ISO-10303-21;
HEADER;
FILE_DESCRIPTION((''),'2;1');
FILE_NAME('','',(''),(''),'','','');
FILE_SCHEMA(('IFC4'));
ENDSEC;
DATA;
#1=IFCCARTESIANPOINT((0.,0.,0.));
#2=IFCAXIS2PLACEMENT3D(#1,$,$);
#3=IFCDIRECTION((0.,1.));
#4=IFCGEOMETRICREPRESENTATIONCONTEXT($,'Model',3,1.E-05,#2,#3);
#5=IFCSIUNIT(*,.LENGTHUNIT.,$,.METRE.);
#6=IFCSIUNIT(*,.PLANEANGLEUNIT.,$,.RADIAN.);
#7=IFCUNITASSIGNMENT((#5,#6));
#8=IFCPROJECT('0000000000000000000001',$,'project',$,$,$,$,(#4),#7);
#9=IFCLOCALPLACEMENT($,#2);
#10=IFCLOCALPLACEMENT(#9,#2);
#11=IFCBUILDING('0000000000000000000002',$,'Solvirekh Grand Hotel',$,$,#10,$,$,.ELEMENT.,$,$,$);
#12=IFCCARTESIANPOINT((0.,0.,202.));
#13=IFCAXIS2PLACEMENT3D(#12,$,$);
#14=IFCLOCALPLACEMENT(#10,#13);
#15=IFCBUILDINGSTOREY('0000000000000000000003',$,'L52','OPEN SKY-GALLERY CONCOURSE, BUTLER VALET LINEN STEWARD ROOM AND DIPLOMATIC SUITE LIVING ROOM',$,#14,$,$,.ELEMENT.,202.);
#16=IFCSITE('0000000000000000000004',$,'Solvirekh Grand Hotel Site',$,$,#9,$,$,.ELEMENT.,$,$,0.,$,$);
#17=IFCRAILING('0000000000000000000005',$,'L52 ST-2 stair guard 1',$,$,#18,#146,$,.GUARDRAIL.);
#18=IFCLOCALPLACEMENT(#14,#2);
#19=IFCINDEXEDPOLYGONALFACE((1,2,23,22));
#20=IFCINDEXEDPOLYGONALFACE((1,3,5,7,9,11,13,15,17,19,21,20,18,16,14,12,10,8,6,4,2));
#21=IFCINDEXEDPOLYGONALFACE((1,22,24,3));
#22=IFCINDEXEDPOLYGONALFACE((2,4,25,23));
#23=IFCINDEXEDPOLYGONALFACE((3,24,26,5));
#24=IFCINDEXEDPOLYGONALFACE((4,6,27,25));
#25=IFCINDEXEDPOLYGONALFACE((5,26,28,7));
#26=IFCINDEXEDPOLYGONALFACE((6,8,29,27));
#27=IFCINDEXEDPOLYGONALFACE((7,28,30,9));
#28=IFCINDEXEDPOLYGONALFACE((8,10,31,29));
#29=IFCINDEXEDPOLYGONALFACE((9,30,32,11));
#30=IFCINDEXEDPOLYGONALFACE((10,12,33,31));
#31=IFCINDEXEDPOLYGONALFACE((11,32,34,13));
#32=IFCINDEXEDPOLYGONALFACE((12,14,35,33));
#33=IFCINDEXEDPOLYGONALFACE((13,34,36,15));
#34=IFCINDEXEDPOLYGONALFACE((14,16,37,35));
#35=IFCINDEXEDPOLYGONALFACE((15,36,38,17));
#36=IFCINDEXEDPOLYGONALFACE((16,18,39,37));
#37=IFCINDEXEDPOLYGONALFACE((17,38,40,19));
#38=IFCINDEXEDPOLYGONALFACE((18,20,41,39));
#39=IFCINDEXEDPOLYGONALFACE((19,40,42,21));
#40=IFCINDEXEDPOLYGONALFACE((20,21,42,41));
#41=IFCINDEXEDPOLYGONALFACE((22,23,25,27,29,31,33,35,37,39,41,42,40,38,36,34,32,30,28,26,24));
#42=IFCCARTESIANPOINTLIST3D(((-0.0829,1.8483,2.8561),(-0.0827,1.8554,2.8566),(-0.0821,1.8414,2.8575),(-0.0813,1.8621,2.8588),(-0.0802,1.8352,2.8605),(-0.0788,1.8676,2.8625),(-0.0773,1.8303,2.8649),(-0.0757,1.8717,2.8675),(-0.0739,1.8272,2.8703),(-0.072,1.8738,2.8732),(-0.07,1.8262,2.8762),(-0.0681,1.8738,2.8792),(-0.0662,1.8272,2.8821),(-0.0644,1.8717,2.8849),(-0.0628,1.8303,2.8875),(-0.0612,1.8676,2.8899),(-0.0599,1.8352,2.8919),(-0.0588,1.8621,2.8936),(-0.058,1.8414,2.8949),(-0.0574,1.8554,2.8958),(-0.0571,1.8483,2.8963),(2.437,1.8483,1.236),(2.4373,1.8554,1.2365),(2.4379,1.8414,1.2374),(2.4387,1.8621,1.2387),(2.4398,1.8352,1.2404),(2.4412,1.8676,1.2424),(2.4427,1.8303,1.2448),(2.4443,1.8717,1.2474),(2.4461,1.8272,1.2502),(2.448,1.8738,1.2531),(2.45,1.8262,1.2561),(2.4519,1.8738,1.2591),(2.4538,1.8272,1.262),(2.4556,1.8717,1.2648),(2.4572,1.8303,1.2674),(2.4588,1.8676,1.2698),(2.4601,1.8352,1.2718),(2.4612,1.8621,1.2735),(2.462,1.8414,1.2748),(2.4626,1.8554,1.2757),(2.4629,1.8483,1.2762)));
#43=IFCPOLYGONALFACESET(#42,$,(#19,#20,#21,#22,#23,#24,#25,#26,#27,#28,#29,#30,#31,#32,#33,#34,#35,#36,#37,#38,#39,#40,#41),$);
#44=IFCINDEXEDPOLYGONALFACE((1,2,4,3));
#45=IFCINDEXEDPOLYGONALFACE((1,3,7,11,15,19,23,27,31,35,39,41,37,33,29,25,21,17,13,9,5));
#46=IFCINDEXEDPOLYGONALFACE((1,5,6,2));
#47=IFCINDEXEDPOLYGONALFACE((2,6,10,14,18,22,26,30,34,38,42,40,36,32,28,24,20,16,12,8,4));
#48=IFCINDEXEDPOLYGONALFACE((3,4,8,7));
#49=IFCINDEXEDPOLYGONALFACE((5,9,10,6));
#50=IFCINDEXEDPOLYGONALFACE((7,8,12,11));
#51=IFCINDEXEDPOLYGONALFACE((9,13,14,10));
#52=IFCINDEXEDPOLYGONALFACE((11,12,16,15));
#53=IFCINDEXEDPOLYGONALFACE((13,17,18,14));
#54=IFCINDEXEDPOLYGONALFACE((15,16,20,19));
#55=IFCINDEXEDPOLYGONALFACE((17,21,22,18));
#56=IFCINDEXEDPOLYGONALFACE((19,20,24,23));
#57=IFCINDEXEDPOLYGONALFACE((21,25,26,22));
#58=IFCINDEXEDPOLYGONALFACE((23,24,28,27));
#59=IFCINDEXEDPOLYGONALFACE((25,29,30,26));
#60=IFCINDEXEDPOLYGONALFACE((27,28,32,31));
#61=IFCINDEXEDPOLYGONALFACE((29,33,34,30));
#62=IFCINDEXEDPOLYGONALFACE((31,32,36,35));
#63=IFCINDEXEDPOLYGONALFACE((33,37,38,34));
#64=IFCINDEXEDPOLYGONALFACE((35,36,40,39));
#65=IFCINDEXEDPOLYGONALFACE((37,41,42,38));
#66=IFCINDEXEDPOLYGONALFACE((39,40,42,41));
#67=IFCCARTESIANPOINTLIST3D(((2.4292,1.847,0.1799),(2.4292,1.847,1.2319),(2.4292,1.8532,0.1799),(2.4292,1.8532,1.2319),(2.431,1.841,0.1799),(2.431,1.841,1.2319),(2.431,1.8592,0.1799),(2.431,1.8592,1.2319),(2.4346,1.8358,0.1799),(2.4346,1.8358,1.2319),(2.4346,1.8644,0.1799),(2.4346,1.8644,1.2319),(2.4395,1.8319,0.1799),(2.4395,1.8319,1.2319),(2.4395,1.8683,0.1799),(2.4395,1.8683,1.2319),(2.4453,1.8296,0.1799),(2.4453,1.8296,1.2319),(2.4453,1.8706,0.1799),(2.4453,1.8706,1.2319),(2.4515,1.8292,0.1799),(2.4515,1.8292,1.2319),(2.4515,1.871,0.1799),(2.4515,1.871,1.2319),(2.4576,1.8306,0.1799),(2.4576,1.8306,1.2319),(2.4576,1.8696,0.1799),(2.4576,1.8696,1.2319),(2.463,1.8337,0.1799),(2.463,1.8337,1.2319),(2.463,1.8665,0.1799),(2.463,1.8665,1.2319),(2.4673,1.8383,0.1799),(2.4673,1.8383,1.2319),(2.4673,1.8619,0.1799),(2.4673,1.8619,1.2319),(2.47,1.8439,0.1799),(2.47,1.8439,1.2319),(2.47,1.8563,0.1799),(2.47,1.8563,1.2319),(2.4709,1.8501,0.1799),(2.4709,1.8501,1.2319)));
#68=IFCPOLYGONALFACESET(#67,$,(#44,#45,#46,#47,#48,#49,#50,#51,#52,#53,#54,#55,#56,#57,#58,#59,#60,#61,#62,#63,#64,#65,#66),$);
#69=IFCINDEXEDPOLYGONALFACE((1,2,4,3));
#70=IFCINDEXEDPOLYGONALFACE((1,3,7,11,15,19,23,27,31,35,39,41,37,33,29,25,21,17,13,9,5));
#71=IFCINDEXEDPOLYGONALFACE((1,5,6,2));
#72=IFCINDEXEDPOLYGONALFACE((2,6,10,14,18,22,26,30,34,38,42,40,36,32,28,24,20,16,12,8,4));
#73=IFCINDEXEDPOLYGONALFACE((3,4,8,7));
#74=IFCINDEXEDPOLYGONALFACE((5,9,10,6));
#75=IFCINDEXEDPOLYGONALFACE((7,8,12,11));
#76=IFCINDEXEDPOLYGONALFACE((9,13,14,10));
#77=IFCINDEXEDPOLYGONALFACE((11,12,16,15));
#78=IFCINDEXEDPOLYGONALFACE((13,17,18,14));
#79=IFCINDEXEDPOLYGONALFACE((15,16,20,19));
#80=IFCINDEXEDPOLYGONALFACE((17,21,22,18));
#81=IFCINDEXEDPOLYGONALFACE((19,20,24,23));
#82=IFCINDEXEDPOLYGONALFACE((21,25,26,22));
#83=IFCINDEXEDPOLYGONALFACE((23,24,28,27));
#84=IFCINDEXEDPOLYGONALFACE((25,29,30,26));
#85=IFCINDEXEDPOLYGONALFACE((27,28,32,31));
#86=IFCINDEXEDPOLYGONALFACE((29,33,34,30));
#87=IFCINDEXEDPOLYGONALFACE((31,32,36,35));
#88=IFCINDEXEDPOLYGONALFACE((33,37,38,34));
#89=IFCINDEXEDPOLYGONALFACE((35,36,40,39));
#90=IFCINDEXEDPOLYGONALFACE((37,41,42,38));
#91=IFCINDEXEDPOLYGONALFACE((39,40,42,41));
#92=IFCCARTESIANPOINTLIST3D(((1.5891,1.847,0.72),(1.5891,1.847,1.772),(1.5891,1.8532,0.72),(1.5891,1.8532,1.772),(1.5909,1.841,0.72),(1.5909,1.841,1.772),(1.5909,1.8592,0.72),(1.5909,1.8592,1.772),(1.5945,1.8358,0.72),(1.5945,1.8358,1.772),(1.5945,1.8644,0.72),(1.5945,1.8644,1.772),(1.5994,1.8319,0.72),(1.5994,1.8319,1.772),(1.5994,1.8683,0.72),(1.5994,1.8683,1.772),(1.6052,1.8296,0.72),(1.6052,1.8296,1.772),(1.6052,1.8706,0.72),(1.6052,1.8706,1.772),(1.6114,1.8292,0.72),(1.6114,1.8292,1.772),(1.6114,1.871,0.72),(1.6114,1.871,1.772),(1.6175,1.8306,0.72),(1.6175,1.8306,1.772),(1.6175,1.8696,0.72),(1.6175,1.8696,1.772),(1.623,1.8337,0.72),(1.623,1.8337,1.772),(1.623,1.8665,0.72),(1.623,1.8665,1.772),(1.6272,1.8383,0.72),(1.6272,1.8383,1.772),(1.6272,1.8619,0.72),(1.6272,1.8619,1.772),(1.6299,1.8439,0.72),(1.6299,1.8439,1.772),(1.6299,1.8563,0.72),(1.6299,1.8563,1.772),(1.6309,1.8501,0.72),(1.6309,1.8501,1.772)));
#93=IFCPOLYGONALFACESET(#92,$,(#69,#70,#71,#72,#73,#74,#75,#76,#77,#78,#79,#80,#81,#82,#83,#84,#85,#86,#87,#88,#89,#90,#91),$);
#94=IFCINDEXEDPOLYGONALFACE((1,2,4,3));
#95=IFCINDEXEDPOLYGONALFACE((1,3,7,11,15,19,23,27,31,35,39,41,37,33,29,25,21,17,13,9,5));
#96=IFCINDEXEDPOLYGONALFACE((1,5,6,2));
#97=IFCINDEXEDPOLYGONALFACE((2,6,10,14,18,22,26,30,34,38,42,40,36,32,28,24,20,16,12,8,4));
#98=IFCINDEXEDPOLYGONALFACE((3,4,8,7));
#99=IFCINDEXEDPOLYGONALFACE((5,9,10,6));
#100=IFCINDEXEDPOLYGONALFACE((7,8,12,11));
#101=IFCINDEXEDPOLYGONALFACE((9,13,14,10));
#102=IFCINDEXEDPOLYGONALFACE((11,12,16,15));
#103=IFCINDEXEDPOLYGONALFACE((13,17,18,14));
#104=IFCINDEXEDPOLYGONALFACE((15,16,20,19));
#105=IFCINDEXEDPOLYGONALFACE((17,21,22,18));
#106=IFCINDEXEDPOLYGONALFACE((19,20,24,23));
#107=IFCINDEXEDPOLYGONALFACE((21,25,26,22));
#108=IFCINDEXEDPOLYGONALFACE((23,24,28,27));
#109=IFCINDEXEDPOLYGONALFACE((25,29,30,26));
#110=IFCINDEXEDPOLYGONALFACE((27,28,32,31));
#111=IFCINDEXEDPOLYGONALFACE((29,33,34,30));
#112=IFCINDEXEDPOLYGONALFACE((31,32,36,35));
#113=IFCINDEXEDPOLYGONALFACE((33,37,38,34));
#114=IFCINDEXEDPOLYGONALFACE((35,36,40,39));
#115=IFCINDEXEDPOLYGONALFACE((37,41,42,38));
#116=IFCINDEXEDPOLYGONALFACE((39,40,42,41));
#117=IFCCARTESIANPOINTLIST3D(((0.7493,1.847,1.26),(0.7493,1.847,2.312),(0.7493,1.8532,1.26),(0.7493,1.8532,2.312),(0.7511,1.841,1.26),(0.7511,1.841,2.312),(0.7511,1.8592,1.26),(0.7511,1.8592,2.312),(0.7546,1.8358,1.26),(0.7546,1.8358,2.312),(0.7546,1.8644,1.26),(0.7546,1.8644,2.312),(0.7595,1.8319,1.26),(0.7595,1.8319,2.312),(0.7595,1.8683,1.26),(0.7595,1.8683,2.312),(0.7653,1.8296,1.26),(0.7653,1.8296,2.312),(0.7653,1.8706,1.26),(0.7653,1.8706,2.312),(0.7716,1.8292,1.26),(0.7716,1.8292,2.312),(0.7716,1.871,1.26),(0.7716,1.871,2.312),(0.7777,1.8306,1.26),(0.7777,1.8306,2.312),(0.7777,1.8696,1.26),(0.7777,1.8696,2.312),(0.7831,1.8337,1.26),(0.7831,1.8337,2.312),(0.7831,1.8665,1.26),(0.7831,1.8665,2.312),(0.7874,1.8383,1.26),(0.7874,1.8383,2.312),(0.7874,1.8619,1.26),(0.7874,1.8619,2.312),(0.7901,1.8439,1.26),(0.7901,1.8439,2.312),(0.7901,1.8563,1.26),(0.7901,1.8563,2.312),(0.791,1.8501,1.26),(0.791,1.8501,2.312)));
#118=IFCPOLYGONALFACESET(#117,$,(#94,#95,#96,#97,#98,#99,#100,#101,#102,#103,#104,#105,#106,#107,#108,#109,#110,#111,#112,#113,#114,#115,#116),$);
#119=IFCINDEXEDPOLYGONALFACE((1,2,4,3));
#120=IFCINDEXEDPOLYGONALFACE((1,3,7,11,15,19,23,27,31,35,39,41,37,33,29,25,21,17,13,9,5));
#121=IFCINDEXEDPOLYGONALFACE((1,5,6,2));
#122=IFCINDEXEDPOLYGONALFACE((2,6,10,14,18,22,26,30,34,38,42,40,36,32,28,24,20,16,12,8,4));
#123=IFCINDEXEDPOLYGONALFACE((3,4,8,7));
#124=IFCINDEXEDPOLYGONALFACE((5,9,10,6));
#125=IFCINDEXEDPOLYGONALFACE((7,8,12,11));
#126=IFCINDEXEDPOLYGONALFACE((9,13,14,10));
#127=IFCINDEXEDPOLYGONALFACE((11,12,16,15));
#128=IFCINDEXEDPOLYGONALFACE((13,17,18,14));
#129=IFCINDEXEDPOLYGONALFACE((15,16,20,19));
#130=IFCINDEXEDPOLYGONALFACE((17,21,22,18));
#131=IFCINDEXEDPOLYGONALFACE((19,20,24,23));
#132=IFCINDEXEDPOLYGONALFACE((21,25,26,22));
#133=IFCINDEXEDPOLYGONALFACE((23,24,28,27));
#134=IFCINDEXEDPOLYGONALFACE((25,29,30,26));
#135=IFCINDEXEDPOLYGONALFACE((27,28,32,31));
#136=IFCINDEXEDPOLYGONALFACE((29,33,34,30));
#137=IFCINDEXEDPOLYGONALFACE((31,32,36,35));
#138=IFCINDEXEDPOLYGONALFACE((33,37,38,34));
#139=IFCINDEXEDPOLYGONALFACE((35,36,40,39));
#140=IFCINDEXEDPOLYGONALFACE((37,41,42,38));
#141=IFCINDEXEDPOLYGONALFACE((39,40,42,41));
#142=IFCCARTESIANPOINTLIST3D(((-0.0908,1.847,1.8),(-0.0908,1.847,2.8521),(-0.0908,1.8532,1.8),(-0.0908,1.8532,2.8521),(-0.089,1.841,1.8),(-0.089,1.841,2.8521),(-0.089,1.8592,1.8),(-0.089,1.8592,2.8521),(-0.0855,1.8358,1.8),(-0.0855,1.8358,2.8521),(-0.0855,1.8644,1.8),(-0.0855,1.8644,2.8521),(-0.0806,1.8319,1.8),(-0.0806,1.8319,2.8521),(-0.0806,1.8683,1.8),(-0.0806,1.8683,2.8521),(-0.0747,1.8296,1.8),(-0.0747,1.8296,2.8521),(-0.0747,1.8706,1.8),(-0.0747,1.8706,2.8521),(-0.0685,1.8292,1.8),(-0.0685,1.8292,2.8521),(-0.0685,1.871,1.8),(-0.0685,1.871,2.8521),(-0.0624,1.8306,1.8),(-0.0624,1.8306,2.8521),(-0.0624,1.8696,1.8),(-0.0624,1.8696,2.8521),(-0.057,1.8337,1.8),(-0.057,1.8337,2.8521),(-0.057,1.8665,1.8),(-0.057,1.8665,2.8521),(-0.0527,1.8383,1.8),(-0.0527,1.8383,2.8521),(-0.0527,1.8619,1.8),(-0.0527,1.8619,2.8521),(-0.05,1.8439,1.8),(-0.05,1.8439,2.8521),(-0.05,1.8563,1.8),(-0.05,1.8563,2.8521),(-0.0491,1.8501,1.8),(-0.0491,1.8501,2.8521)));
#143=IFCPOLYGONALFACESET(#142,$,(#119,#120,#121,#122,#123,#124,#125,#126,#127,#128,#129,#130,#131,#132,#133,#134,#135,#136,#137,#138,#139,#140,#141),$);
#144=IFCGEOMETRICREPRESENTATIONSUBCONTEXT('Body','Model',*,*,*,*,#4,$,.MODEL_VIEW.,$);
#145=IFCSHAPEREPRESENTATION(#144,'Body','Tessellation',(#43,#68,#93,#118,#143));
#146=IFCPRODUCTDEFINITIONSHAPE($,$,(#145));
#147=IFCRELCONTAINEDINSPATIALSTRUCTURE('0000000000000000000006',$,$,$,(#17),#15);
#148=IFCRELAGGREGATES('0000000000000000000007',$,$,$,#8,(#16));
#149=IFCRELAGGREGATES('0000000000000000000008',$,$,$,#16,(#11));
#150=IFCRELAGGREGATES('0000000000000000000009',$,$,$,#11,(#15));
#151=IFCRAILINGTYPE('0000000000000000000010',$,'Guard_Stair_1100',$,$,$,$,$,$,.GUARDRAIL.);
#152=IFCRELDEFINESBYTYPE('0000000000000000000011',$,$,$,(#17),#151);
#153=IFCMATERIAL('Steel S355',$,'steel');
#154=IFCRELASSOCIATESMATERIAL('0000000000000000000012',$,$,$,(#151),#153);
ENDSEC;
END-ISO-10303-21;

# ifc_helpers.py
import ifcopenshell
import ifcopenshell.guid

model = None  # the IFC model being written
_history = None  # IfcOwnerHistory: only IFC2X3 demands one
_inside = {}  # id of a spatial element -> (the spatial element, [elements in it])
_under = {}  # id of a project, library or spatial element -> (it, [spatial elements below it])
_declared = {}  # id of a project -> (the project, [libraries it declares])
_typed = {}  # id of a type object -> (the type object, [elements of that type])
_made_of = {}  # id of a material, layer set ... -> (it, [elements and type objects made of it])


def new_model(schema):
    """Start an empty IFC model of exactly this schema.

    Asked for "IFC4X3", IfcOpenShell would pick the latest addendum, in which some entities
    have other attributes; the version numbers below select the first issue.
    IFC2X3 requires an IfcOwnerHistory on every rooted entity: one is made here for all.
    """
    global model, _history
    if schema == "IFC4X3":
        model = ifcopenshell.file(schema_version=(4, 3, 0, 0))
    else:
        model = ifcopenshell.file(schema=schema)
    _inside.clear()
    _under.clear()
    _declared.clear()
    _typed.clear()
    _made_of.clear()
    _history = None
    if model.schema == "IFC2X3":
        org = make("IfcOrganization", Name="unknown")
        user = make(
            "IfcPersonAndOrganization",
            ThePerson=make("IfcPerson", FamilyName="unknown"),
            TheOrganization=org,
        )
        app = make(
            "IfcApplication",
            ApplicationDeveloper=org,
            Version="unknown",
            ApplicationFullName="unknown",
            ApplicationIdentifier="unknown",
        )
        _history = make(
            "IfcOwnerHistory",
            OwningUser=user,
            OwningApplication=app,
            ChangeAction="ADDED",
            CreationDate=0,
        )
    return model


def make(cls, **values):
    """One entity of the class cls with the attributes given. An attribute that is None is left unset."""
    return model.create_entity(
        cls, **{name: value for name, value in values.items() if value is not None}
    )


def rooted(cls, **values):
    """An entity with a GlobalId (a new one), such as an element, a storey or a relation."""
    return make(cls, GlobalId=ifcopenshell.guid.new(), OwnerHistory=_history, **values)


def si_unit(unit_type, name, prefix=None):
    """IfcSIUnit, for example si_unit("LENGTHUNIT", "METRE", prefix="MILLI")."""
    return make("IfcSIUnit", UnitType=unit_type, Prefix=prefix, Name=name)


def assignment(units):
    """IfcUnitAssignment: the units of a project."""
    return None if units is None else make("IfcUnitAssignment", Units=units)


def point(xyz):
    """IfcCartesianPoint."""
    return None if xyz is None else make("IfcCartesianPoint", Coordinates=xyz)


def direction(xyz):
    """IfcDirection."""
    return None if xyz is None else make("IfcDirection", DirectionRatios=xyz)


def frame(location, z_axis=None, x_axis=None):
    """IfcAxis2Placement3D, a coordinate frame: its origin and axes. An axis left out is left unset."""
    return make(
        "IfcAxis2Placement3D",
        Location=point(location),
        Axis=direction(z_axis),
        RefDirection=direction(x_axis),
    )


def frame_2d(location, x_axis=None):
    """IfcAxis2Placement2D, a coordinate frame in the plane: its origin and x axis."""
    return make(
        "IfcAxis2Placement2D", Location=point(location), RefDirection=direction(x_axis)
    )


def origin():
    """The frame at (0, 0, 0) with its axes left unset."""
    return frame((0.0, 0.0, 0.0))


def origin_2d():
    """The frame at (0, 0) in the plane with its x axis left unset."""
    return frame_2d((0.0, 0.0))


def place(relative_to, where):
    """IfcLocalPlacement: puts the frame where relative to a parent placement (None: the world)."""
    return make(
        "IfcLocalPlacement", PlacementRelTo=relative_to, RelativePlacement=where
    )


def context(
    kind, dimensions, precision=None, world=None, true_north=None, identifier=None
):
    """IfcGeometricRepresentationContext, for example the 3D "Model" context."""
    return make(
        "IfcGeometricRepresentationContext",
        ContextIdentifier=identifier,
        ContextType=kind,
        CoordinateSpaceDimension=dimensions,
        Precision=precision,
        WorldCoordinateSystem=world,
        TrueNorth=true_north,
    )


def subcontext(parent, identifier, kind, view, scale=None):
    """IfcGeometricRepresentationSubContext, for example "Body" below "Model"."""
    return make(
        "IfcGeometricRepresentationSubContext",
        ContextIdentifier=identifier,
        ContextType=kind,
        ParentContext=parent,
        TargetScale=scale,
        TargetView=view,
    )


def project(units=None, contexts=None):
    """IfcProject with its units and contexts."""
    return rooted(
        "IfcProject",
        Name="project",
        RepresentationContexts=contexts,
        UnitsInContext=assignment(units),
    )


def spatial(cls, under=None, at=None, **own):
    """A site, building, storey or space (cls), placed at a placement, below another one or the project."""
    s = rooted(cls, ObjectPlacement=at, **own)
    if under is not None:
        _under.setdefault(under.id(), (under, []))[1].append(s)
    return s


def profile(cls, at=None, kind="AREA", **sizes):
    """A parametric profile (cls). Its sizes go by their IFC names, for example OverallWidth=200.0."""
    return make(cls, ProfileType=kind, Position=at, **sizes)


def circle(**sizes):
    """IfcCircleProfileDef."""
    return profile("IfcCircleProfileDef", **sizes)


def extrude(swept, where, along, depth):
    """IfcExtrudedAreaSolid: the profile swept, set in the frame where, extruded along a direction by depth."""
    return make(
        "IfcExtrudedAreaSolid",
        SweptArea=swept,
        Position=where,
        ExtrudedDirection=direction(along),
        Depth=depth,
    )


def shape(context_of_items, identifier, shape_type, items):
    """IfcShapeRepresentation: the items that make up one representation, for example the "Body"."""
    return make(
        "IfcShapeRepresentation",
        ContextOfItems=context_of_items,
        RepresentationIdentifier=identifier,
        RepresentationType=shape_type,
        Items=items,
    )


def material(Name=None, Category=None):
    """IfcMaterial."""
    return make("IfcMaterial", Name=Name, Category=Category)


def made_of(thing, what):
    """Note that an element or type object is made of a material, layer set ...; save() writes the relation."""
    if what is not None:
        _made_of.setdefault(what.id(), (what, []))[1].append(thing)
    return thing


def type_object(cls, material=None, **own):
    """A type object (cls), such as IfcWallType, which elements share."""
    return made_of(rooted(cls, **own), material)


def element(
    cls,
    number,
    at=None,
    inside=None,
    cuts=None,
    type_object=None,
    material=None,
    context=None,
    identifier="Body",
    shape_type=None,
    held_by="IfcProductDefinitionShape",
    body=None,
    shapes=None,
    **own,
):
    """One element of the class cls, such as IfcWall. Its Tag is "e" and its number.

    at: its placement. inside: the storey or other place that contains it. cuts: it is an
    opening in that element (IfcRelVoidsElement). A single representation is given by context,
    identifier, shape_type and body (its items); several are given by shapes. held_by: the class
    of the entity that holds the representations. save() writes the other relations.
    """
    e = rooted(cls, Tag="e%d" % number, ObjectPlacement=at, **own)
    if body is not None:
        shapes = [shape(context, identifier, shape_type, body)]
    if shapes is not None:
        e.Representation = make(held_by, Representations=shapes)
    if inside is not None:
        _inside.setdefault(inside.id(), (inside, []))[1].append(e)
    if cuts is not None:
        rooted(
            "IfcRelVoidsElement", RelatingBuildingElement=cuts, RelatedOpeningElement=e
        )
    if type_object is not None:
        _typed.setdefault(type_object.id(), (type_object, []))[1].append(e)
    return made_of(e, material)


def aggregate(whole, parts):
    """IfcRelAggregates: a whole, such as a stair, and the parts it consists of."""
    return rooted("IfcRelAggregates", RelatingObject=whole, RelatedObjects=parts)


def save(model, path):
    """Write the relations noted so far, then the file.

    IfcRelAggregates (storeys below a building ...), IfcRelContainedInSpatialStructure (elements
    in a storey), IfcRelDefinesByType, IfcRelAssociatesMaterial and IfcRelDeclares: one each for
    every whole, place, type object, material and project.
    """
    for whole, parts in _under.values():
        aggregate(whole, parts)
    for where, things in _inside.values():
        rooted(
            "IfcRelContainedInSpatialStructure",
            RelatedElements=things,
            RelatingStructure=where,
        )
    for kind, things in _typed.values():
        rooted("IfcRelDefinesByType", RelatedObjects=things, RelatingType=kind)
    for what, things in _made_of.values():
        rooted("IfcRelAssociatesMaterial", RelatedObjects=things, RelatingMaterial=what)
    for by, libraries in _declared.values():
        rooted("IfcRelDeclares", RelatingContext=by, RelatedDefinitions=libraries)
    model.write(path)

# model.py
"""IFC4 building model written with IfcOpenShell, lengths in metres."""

from ifc_helpers import new_model, si_unit, direction, frame, origin, origin_2d, place, context, subcontext, project, spatial, circle, extrude, material, type_object, element, save


model = new_model("IFC4")

# Units and contexts
model_context = context("Model", 3, precision=1e-05, world=origin(), true_north=direction((0.0, 1.0)))
body_context = subcontext(model_context, "Body", "Model", "MODEL_VIEW")
ifc_project = project(units=[si_unit("LENGTHUNIT", "METRE"), si_unit("PLANEANGLEUNIT", "RADIAN")], contexts=[model_context])

# Site, building, storey
site_placement = place(None, origin())
site = spatial("IfcSite", under=ifc_project, at=site_placement, Name="Solvirekh Grand Hotel Site", CompositionType="ELEMENT", RefElevation=0.0)
building_placement = place(site_placement, origin())
building = spatial("IfcBuilding", under=site, at=building_placement, Name="Solvirekh Grand Hotel", CompositionType="ELEMENT")
storey_placement = place(building_placement, frame((0.0, 0.0, 202.0)))
storey = spatial("IfcBuildingStorey", under=building, at=storey_placement, Name="L52", Description="OPEN SKY-GALLERY CONCOURSE, BUTLER VALET LINEN STEWARD ROOM AND DIPLOMATIC SUITE LIVING ROOM", CompositionType="ELEMENT", Elevation=202.0)

# Shared definitions
ifc_material_1 = material(Name="Steel S355", Category="steel")

# Railing
railing_type_1 = type_object("IfcRailingType", Name="Guard_Stair_1100", PredefinedType="GUARDRAIL", material=ifc_material_1)
railing_1_placement = place(storey_placement, frame((2.45, 1.8501, 0.1799)))
element("IfcRailing", 1, at=railing_1_placement, inside=storey, type_object=railing_type_1, Name="L52 ST-2 stair guard 1", PredefinedType="GUARDRAIL", context=body_context, shape_type="SweptSolid", body=[
    extrude(circle(Radius=0.0239, at=origin_2d()), frame((0.0, 0.0, 1.0762), z_axis=(-0.841163, 0.0, 0.540782), x_axis=(0.0, -1.0, 0.0)), (0.0, 0.0, 1.0), 2.9958),
    extrude(circle(Radius=0.021, at=origin_2d()), origin(), (0.0, 0.0, 1.0), 1.052),
    extrude(circle(Radius=0.021, at=origin_2d()), frame((-0.8401, 0.0, 0.54)), (0.0, 0.0, 1.0), 1.052),
    extrude(circle(Radius=0.021, at=origin_2d()), frame((-1.6799, 0.0, 1.0801)), (0.0, 0.0, 1.0), 1.052),
    extrude(circle(Radius=0.021, at=origin_2d()), frame((-2.52, 0.0, 1.6201)), (0.0, 0.0, 1.0), 1.052),
])

save(model, "model.ifc")
